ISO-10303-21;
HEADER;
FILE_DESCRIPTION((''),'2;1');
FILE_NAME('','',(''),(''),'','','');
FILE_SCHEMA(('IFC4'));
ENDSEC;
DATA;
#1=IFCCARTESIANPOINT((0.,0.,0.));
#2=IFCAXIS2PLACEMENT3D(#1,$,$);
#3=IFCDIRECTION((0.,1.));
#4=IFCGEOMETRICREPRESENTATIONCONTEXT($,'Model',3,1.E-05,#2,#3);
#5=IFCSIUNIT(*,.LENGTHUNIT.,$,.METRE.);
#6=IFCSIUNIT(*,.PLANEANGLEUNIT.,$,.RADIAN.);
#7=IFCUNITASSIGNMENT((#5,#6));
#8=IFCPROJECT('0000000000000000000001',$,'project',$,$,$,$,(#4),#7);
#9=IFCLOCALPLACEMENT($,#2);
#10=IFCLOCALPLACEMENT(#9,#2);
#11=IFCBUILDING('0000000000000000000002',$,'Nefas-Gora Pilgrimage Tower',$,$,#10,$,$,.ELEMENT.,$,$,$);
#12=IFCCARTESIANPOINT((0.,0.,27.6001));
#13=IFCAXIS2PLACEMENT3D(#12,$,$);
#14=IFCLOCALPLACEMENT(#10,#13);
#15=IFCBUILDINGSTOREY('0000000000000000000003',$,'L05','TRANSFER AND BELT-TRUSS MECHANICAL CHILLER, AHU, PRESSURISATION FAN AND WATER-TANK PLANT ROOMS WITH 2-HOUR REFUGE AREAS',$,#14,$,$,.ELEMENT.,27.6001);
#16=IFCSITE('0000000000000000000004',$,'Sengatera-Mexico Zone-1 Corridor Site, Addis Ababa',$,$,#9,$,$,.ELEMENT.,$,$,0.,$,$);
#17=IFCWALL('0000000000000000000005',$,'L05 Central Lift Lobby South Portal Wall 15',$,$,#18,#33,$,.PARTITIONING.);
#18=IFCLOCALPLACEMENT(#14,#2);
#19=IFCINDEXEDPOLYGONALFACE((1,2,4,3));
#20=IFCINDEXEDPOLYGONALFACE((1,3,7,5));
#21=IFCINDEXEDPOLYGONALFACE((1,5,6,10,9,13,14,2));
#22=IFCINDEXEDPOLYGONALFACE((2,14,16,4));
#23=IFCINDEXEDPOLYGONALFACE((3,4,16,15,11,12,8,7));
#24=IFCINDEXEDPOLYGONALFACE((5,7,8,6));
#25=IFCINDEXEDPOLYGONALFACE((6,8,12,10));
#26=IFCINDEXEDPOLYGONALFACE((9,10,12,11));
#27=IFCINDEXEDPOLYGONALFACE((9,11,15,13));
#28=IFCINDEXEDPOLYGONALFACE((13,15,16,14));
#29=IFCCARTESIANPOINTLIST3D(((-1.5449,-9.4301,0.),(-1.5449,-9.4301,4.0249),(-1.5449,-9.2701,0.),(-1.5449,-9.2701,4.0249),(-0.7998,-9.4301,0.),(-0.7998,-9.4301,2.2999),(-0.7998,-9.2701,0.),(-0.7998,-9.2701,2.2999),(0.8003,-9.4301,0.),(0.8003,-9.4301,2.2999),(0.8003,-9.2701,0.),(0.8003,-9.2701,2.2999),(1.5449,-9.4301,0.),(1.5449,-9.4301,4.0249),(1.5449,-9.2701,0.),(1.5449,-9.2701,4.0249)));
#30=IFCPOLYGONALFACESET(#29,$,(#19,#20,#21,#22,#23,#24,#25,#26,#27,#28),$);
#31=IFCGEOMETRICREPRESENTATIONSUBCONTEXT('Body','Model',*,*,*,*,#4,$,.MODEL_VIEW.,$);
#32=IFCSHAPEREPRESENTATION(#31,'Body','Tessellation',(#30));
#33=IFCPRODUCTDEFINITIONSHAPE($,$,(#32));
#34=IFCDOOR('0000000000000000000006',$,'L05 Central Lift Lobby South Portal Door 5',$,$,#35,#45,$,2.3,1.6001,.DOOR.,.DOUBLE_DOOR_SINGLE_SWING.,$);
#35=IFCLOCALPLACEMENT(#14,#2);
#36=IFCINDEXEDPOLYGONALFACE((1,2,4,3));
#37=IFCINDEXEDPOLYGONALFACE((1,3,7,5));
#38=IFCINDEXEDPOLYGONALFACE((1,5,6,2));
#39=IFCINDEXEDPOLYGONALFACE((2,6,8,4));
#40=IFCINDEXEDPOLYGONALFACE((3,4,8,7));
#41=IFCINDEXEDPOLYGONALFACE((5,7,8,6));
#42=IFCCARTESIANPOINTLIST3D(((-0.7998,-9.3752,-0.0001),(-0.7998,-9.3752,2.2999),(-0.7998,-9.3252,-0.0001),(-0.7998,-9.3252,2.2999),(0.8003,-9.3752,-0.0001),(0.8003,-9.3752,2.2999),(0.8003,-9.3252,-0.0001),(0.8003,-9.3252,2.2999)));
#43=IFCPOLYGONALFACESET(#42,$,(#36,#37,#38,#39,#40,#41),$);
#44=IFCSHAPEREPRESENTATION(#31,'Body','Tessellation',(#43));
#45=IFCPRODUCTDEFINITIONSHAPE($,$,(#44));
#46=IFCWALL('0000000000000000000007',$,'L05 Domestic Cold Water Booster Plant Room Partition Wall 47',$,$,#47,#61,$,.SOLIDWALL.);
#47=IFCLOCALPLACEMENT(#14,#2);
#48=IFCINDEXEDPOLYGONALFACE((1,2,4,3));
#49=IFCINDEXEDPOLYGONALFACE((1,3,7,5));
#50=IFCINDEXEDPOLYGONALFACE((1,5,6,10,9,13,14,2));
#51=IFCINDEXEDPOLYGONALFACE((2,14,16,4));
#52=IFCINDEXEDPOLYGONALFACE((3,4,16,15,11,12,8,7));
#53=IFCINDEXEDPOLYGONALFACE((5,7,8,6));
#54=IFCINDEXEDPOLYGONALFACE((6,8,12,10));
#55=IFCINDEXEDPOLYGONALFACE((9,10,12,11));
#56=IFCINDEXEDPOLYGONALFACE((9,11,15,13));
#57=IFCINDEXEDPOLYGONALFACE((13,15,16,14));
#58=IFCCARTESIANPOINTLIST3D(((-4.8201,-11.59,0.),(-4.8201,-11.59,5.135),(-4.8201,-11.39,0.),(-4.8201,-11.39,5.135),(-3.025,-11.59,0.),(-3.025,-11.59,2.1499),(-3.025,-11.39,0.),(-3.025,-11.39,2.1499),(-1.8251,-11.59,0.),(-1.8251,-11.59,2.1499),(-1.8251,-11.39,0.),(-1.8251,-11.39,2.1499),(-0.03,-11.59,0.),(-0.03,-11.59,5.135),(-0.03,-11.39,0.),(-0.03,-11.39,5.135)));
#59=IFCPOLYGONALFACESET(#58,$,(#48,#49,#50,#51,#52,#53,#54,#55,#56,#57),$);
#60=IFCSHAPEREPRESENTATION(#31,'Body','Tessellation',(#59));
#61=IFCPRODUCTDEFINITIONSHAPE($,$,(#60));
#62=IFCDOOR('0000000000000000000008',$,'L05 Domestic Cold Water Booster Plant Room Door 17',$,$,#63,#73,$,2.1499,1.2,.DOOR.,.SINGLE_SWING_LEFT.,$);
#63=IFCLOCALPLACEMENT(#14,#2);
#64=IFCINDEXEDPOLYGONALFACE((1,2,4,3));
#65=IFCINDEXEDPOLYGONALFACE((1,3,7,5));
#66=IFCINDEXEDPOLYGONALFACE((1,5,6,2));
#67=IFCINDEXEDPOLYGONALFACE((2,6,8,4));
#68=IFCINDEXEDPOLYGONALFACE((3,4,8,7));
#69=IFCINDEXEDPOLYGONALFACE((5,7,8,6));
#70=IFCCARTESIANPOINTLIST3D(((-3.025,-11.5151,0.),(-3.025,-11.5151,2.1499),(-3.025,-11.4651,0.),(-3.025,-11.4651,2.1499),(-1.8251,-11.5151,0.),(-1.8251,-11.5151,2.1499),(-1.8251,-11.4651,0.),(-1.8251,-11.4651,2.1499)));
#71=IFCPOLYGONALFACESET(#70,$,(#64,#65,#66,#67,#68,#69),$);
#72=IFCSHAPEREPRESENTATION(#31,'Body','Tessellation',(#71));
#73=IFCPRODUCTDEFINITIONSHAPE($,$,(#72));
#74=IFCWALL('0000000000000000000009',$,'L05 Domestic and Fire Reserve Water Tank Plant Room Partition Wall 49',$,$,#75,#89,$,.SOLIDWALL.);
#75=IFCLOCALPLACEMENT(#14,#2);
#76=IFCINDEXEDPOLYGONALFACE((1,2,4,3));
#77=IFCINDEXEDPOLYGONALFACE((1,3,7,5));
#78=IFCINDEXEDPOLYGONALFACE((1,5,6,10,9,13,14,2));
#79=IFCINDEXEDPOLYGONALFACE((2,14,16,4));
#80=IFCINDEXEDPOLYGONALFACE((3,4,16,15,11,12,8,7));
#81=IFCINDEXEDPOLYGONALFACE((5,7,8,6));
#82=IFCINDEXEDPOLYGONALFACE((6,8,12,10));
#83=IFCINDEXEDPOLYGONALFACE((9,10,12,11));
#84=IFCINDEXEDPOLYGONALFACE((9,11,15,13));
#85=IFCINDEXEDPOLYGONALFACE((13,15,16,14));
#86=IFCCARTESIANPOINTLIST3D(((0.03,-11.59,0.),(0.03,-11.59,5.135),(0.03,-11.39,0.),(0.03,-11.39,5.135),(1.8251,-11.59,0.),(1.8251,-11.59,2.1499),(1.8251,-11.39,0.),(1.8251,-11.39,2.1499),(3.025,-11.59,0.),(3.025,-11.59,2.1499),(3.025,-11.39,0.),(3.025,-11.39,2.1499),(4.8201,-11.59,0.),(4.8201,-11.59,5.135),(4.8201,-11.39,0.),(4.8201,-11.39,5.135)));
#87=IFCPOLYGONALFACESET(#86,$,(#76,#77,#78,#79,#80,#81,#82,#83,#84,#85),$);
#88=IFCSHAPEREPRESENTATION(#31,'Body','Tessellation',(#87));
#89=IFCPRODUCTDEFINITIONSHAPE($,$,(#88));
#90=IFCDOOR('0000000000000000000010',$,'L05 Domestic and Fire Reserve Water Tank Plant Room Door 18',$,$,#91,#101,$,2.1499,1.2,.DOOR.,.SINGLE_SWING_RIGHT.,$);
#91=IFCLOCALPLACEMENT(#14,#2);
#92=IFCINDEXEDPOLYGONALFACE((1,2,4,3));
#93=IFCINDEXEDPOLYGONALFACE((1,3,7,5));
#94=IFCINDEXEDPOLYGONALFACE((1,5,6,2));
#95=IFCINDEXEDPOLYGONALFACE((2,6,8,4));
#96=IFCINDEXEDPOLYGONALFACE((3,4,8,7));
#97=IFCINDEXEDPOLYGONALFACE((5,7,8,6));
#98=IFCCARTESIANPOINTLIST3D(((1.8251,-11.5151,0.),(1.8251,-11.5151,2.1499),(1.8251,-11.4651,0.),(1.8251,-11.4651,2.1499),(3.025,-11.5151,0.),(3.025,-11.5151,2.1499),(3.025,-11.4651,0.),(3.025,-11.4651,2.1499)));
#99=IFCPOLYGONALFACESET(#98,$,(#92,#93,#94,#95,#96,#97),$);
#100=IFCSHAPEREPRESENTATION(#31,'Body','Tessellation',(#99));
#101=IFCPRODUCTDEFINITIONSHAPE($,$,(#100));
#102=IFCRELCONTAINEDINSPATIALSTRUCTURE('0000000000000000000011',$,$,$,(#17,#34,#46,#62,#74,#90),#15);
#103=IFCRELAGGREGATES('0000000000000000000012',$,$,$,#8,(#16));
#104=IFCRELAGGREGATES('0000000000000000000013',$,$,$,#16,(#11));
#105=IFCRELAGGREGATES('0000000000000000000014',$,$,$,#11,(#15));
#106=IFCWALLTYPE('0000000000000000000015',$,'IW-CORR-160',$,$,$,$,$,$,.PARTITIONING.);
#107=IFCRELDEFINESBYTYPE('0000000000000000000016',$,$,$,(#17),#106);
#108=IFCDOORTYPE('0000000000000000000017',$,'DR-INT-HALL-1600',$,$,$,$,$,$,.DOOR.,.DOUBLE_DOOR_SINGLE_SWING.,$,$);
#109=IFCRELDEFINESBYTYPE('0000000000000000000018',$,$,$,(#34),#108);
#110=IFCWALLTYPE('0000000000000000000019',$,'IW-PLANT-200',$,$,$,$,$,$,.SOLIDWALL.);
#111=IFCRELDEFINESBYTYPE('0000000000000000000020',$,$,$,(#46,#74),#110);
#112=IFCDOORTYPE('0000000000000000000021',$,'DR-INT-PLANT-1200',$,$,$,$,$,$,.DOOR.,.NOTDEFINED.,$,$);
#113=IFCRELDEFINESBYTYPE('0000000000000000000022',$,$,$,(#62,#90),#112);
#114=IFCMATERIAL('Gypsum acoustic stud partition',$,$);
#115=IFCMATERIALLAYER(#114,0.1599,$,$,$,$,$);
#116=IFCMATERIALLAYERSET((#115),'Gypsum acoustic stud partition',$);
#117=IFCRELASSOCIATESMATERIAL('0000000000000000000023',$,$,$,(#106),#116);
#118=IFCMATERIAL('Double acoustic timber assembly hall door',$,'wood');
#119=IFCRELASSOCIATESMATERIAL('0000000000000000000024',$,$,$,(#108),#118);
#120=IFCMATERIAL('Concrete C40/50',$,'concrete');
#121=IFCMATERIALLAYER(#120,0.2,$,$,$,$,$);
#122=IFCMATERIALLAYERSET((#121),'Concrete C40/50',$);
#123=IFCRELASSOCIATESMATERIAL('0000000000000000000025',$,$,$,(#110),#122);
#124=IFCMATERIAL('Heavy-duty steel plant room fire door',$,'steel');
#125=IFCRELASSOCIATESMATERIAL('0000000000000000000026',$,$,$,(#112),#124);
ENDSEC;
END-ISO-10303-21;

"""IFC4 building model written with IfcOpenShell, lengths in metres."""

from ifc_helpers import new_model, si_unit, direction, frame, frame_2d, origin, place, context, subcontext, project, spatial, rectangle, extrude, source, transform, mapped, material, layer, layer_set, type_object, element, fill, save


model = new_model("IFC4")

# Units and contexts
model_context = context("Model", 3, precision=1e-05, world=origin(), true_north=direction((0.0, 1.0)))
body_context = subcontext(model_context, "Body", "Model", "MODEL_VIEW")
ifc_project = project(units=[si_unit("LENGTHUNIT", "METRE"), si_unit("PLANEANGLEUNIT", "RADIAN")], contexts=[model_context])

# Site, building, storey
site_placement = place(None, origin())
site = spatial("IfcSite", under=ifc_project, at=site_placement, Name="Sengatera-Mexico Zone-1 Corridor Site, Addis Ababa", CompositionType="ELEMENT", RefElevation=0.0)
building_placement = place(site_placement, origin())
building = spatial("IfcBuilding", under=site, at=building_placement, Name="Nefas-Gora Pilgrimage Tower", CompositionType="ELEMENT")
storey_placement = place(building_placement, frame((0.0, 0.0, 27.6001)))
storey = spatial("IfcBuildingStorey", under=building, at=storey_placement, Name="L05", Description="TRANSFER AND BELT-TRUSS MECHANICAL CHILLER, AHU, PRESSURISATION FAN AND WATER-TANK PLANT ROOMS WITH 2-HOUR REFUGE AREAS", CompositionType="ELEMENT", Elevation=27.6001)

# Shared definitions
ifc_material_1 = material(Name="Concrete C40/50", Category="concrete")
ifc_material_2 = material(Name="Gypsum acoustic stud partition")
ifc_layer_1 = layer(ifc_material_2, 0.1599)
ifc_layer_set_1 = layer_set([ifc_layer_1], Name="Gypsum acoustic stud partition")
wall_type_1 = type_object("IfcWallType", Name="IW-CORR-160", PredefinedType="PARTITIONING", material=ifc_layer_set_1)

# Walls, openings, doors
shared_shape_1 = source(origin(), body_context, "Body", "SweptSolid", [
    extrude(rectangle(XDim=3.0898, YDim=0.1599, at=frame_2d((1.5449, 0.0))), origin(), (0.0, 0.0, 1.0), 4.0249),
])
wall_1_placement = place(storey_placement, frame((-1.5449, -9.3501, 0.0), z_axis=(0.0, 0.0, 1.0), x_axis=(1.0, 0.0, 0.0)))
wall_1 = element("IfcWall", 1, at=wall_1_placement, inside=storey, type_object=wall_type_1, Name="L05 Central Lift Lobby South Portal Wall 15", PredefinedType="PARTITIONING", context=body_context, shape_type="MappedRepresentation", body=[
    mapped(shared_shape_1, transform((0.0, 0.0, 0.0), x_axis=(1.0, 0.0, 0.0), y_axis=(0.0, 1.0, 0.0), z_axis=(0.0, 0.0, 1.0), scale=1.0)),
])
opening_1_placement = place(wall_1_placement, frame((0.7451, 0.0, 0.0)))
opening_1 = element("IfcOpeningElement", 2, at=opening_1_placement, cuts=wall_1, PredefinedType="OPENING", context=body_context, shape_type="SweptSolid", body=[
    extrude(rectangle(XDim=1.6001, YDim=2.3, at=frame_2d((0.8, 1.1499))), frame((0.0, 0.0898, 0.0), z_axis=(0.0, -1.0, 0.0), x_axis=(1.0, 0.0, 0.0)), (0.0, 0.0, 1.0), 0.1799),
])
ifc_material_3 = material(Name="Double acoustic timber assembly hall door", Category="wood")
door_type_1 = type_object("IfcDoorType", Name="DR-INT-HALL-1600", OperationType="DOUBLE_DOOR_SINGLE_SWING", PredefinedType="DOOR", material=ifc_material_3)
shared_shape_2 = source(origin(), body_context, "Body", "SweptSolid", [
    extrude(rectangle(XDim=1.6001, YDim=2.3, at=frame_2d((0.8, 1.1499))), frame((0.0, 0.0249, 0.0), z_axis=(0.0, -1.0, 0.0), x_axis=(1.0, 0.0, 0.0)), (0.0, 0.0, 1.0), 0.05),
])
door_1_placement = place(opening_1_placement, origin())
door_1 = element("IfcDoor", 3, at=door_1_placement, inside=storey, type_object=door_type_1, Name="L05 Central Lift Lobby South Portal Door 5", OperationType="DOUBLE_DOOR_SINGLE_SWING", OverallHeight=2.3, OverallWidth=1.6001, PredefinedType="DOOR", context=body_context, shape_type="MappedRepresentation", body=[
    mapped(shared_shape_2, transform((0.0, 0.0, 0.0), x_axis=(1.0, 0.0, 0.0), y_axis=(0.0, 1.0, 0.0), z_axis=(0.0, 0.0, 1.0), scale=1.0)),
])
fill(opening_1, door_1)
ifc_layer_2 = layer(ifc_material_1, 0.2)
ifc_layer_set_2 = layer_set([ifc_layer_2], Name="Concrete C40/50")
wall_type_2 = type_object("IfcWallType", Name="IW-PLANT-200", PredefinedType="SOLIDWALL", material=ifc_layer_set_2)
shared_shape_3 = source(origin(), body_context, "Body", "SweptSolid", [
    extrude(rectangle(XDim=4.79, YDim=0.2, at=frame_2d((2.395, 0.0))), origin(), (0.0, 0.0, 1.0), 5.135),
])
wall_2_placement = place(storey_placement, frame((-4.8201, -11.49, 0.0), z_axis=(0.0, 0.0, 1.0), x_axis=(1.0, 0.0, 0.0)))
wall_2 = element("IfcWall", 4, at=wall_2_placement, inside=storey, type_object=wall_type_2, Name="L05 Domestic Cold Water Booster Plant Room Partition Wall 47", PredefinedType="SOLIDWALL", context=body_context, shape_type="MappedRepresentation", body=[
    mapped(shared_shape_3, transform((0.0, 0.0, 0.0), x_axis=(1.0, 0.0, 0.0), y_axis=(0.0, 1.0, 0.0), z_axis=(0.0, 0.0, 1.0), scale=1.0)),
])
opening_2_placement = place(wall_2_placement, frame((1.7949, 0.0, 0.0)))
opening_2 = element("IfcOpeningElement", 5, at=opening_2_placement, cuts=wall_2, PredefinedType="OPENING", context=body_context, shape_type="SweptSolid", body=[
    extrude(rectangle(XDim=1.2, YDim=2.1499, at=frame_2d((0.6001, 1.075))), frame((0.0, 0.1099, 0.0), z_axis=(0.0, -1.0, 0.0), x_axis=(1.0, 0.0, 0.0)), (0.0, 0.0, 1.0), 0.22),
])
ifc_material_4 = material(Name="Heavy-duty steel plant room fire door", Category="steel")
door_type_2 = type_object("IfcDoorType", Name="DR-INT-PLANT-1200", OperationType="NOTDEFINED", PredefinedType="DOOR", material=ifc_material_4)
shared_shape_4 = source(origin(), body_context, "Body", "SweptSolid", [
    extrude(rectangle(XDim=1.2, YDim=2.1499, at=frame_2d((0.6001, 1.075))), frame((0.0, 0.0249, 0.0), z_axis=(0.0, -1.0, 0.0), x_axis=(1.0, 0.0, 0.0)), (0.0, 0.0, 1.0), 0.05),
])
door_2_placement = place(opening_2_placement, origin())
door_2 = element("IfcDoor", 6, at=door_2_placement, inside=storey, type_object=door_type_2, Name="L05 Domestic Cold Water Booster Plant Room Door 17", OperationType="SINGLE_SWING_LEFT", OverallHeight=2.1499, OverallWidth=1.2, PredefinedType="DOOR", context=body_context, shape_type="MappedRepresentation", body=[
    mapped(shared_shape_4, transform((0.0, 0.0, 0.0), x_axis=(1.0, 0.0, 0.0), y_axis=(0.0, 1.0, 0.0), z_axis=(0.0, 0.0, 1.0), scale=1.0)),
])
fill(opening_2, door_2)
wall_3_placement = place(storey_placement, frame((0.03, -11.49, 0.0), z_axis=(0.0, 0.0, 1.0), x_axis=(1.0, 0.0, 0.0)))
wall_3 = element("IfcWall", 7, at=wall_3_placement, inside=storey, type_object=wall_type_2, Name="L05 Domestic and Fire Reserve Water Tank Plant Room Partition Wall 49", PredefinedType="SOLIDWALL", context=body_context, shape_type="MappedRepresentation", body=[
    mapped(shared_shape_3, transform((0.0, 0.0, 0.0), x_axis=(1.0, 0.0, 0.0), y_axis=(0.0, 1.0, 0.0), z_axis=(0.0, 0.0, 1.0), scale=1.0)),
])
opening_3_placement = place(wall_3_placement, frame((1.7949, 0.0, 0.0)))
opening_3 = element("IfcOpeningElement", 8, at=opening_3_placement, cuts=wall_3, PredefinedType="OPENING", context=body_context, shape_type="SweptSolid", body=[
    extrude(rectangle(XDim=1.2, YDim=2.1499, at=frame_2d((0.6001, 1.075))), frame((0.0, 0.1099, 0.0), z_axis=(0.0, -1.0, 0.0), x_axis=(1.0, 0.0, 0.0)), (0.0, 0.0, 1.0), 0.22),
])
door_3_placement = place(opening_3_placement, origin())
door_3 = element("IfcDoor", 9, at=door_3_placement, inside=storey, type_object=door_type_2, Name="L05 Domestic and Fire Reserve Water Tank Plant Room Door 18", OperationType="SINGLE_SWING_RIGHT", OverallHeight=2.1499, OverallWidth=1.2, PredefinedType="DOOR", context=body_context, shape_type="MappedRepresentation", body=[
    mapped(shared_shape_4, transform((0.0, 0.0, 0.0), x_axis=(1.0, 0.0, 0.0), y_axis=(0.0, 1.0, 0.0), z_axis=(0.0, 0.0, 1.0), scale=1.0)),
])
fill(opening_3, door_3)

save(model, "model.ifc")
